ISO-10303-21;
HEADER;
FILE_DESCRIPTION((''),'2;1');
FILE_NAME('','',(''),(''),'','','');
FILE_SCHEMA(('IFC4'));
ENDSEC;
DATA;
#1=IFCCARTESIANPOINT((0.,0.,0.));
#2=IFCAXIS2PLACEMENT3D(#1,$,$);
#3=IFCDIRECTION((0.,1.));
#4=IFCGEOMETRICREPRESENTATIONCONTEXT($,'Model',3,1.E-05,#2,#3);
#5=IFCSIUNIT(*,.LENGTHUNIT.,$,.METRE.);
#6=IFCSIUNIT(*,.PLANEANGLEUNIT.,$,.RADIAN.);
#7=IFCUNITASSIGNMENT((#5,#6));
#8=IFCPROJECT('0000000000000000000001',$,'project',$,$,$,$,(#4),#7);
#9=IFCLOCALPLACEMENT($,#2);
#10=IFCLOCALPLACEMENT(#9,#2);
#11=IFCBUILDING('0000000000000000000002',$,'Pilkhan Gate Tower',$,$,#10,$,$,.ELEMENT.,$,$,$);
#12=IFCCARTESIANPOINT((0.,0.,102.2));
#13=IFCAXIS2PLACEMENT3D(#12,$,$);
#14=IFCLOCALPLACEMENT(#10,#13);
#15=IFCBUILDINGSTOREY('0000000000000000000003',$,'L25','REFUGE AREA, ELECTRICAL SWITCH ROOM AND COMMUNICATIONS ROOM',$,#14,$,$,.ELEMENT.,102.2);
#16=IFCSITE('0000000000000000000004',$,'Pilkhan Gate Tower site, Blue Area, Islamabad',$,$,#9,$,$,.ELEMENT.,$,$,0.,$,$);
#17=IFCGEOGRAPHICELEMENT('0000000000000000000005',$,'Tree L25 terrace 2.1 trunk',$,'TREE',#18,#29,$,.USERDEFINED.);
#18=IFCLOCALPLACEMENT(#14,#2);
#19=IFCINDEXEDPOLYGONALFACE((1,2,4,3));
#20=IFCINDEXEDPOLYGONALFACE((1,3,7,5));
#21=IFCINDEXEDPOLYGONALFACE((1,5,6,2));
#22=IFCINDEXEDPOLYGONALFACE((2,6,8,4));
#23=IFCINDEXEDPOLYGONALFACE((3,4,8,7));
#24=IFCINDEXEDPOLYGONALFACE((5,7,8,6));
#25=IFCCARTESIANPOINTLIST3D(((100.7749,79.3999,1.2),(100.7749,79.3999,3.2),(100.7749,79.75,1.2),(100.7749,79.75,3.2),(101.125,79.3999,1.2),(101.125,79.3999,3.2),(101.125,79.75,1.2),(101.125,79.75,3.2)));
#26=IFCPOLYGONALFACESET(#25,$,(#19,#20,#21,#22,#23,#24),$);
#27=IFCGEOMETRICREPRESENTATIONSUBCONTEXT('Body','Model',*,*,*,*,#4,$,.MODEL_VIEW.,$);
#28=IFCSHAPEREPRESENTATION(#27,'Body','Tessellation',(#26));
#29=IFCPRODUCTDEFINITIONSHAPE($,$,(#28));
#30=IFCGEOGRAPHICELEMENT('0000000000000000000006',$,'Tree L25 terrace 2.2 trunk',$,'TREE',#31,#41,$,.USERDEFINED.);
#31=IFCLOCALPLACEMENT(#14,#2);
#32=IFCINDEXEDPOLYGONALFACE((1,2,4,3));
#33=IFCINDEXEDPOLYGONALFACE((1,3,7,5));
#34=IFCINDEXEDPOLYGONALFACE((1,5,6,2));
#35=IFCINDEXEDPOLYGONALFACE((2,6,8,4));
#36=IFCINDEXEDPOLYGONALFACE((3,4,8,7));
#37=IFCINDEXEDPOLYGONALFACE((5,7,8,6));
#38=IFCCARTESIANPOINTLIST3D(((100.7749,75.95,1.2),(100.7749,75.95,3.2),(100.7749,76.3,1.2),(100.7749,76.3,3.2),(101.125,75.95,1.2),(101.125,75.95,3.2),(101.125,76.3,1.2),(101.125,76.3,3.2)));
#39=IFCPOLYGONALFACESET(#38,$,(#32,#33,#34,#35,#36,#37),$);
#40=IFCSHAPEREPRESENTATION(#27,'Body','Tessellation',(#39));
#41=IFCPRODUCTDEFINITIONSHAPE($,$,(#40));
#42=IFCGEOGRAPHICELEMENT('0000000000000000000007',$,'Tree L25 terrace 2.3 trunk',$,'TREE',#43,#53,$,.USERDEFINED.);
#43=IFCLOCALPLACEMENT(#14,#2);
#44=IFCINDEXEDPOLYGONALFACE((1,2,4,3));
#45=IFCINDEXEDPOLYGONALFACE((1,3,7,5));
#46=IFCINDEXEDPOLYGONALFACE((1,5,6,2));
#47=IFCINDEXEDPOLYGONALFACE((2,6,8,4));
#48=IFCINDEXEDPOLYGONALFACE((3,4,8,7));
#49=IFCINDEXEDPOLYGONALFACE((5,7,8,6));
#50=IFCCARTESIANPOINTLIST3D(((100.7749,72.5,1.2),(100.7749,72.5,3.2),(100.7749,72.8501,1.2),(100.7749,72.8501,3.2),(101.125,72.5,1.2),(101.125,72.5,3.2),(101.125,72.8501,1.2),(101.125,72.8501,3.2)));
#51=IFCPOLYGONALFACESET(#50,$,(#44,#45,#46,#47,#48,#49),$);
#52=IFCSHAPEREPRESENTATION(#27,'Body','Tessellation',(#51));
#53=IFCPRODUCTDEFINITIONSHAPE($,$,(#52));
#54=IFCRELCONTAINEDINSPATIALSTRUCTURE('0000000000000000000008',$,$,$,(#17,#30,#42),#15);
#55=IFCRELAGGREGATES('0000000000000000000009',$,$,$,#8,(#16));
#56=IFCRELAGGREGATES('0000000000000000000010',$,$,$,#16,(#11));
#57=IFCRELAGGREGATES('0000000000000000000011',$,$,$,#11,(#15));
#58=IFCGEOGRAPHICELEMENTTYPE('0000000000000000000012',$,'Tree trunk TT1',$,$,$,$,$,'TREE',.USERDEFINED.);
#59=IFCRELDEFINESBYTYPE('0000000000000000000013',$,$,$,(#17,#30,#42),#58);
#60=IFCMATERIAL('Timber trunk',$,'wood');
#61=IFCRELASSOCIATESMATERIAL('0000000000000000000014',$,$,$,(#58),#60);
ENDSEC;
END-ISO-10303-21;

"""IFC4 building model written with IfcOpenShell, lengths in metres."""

from ifc_helpers import new_model, si_unit, direction, frame, origin, origin_2d, place, context, subcontext, project, spatial, rectangle, extrude, material, type_object, element, save


model = new_model("IFC4")

# Units and contexts
model_context = context("Model", 3, precision=1e-05, world=origin(), true_north=direction((0.0, 1.0)))
body_context = subcontext(model_context, "Body", "Model", "MODEL_VIEW")
ifc_project = project(units=[si_unit("LENGTHUNIT", "METRE"), si_unit("PLANEANGLEUNIT", "RADIAN")], contexts=[model_context])

# Site, building, storey
site_placement = place(None, origin())
site = spatial("IfcSite", under=ifc_project, at=site_placement, Name="Pilkhan Gate Tower site, Blue Area, Islamabad", CompositionType="ELEMENT", RefElevation=0.0)
building_placement = place(site_placement, origin())
building = spatial("IfcBuilding", under=site, at=building_placement, Name="Pilkhan Gate Tower", CompositionType="ELEMENT")
storey_placement = place(building_placement, frame((0.0, 0.0, 102.2)))
storey = spatial("IfcBuildingStorey", under=building, at=storey_placement, Name="L25", Description="REFUGE AREA, ELECTRICAL SWITCH ROOM AND COMMUNICATIONS ROOM", CompositionType="ELEMENT", Elevation=102.2)

# Geographic elements
ifc_material_1 = material(Name="Timber trunk", Category="wood")
geographic_element_type_1 = type_object("IfcGeographicElementType", Name="Tree trunk TT1", ElementType="TREE", PredefinedType="USERDEFINED", material=ifc_material_1)
for number, where, z_axis, x_axis, name in (
    (1, (100.95, 79.575, 1.2), (0.0, 0.0, 1.0), (1.0, 0.0, 0.0), "Tree L25 terrace 2.1 trunk"),
    (2, (100.95, 76.125, 1.2), (0.0, 0.0, 1.0), (1.0, 0.0, 0.0), "Tree L25 terrace 2.2 trunk"),
    (3, (100.95, 72.675, 1.2), (0.0, 0.0, 1.0), (1.0, 0.0, 0.0), "Tree L25 terrace 2.3 trunk"),
):
    element("IfcGeographicElement", number, at=place(storey_placement, frame(where, z_axis=z_axis, x_axis=x_axis)), inside=storey, type_object=geographic_element_type_1, Name=name, ObjectType="TREE", PredefinedType="USERDEFINED", context=body_context, shape_type="SweptSolid", body=[
        extrude(rectangle(XDim=0.3501, YDim=0.3501, at=origin_2d()), origin(), (0.0, 0.0, 1.0), 2.0),
    ])

save(model, "model.ifc")
